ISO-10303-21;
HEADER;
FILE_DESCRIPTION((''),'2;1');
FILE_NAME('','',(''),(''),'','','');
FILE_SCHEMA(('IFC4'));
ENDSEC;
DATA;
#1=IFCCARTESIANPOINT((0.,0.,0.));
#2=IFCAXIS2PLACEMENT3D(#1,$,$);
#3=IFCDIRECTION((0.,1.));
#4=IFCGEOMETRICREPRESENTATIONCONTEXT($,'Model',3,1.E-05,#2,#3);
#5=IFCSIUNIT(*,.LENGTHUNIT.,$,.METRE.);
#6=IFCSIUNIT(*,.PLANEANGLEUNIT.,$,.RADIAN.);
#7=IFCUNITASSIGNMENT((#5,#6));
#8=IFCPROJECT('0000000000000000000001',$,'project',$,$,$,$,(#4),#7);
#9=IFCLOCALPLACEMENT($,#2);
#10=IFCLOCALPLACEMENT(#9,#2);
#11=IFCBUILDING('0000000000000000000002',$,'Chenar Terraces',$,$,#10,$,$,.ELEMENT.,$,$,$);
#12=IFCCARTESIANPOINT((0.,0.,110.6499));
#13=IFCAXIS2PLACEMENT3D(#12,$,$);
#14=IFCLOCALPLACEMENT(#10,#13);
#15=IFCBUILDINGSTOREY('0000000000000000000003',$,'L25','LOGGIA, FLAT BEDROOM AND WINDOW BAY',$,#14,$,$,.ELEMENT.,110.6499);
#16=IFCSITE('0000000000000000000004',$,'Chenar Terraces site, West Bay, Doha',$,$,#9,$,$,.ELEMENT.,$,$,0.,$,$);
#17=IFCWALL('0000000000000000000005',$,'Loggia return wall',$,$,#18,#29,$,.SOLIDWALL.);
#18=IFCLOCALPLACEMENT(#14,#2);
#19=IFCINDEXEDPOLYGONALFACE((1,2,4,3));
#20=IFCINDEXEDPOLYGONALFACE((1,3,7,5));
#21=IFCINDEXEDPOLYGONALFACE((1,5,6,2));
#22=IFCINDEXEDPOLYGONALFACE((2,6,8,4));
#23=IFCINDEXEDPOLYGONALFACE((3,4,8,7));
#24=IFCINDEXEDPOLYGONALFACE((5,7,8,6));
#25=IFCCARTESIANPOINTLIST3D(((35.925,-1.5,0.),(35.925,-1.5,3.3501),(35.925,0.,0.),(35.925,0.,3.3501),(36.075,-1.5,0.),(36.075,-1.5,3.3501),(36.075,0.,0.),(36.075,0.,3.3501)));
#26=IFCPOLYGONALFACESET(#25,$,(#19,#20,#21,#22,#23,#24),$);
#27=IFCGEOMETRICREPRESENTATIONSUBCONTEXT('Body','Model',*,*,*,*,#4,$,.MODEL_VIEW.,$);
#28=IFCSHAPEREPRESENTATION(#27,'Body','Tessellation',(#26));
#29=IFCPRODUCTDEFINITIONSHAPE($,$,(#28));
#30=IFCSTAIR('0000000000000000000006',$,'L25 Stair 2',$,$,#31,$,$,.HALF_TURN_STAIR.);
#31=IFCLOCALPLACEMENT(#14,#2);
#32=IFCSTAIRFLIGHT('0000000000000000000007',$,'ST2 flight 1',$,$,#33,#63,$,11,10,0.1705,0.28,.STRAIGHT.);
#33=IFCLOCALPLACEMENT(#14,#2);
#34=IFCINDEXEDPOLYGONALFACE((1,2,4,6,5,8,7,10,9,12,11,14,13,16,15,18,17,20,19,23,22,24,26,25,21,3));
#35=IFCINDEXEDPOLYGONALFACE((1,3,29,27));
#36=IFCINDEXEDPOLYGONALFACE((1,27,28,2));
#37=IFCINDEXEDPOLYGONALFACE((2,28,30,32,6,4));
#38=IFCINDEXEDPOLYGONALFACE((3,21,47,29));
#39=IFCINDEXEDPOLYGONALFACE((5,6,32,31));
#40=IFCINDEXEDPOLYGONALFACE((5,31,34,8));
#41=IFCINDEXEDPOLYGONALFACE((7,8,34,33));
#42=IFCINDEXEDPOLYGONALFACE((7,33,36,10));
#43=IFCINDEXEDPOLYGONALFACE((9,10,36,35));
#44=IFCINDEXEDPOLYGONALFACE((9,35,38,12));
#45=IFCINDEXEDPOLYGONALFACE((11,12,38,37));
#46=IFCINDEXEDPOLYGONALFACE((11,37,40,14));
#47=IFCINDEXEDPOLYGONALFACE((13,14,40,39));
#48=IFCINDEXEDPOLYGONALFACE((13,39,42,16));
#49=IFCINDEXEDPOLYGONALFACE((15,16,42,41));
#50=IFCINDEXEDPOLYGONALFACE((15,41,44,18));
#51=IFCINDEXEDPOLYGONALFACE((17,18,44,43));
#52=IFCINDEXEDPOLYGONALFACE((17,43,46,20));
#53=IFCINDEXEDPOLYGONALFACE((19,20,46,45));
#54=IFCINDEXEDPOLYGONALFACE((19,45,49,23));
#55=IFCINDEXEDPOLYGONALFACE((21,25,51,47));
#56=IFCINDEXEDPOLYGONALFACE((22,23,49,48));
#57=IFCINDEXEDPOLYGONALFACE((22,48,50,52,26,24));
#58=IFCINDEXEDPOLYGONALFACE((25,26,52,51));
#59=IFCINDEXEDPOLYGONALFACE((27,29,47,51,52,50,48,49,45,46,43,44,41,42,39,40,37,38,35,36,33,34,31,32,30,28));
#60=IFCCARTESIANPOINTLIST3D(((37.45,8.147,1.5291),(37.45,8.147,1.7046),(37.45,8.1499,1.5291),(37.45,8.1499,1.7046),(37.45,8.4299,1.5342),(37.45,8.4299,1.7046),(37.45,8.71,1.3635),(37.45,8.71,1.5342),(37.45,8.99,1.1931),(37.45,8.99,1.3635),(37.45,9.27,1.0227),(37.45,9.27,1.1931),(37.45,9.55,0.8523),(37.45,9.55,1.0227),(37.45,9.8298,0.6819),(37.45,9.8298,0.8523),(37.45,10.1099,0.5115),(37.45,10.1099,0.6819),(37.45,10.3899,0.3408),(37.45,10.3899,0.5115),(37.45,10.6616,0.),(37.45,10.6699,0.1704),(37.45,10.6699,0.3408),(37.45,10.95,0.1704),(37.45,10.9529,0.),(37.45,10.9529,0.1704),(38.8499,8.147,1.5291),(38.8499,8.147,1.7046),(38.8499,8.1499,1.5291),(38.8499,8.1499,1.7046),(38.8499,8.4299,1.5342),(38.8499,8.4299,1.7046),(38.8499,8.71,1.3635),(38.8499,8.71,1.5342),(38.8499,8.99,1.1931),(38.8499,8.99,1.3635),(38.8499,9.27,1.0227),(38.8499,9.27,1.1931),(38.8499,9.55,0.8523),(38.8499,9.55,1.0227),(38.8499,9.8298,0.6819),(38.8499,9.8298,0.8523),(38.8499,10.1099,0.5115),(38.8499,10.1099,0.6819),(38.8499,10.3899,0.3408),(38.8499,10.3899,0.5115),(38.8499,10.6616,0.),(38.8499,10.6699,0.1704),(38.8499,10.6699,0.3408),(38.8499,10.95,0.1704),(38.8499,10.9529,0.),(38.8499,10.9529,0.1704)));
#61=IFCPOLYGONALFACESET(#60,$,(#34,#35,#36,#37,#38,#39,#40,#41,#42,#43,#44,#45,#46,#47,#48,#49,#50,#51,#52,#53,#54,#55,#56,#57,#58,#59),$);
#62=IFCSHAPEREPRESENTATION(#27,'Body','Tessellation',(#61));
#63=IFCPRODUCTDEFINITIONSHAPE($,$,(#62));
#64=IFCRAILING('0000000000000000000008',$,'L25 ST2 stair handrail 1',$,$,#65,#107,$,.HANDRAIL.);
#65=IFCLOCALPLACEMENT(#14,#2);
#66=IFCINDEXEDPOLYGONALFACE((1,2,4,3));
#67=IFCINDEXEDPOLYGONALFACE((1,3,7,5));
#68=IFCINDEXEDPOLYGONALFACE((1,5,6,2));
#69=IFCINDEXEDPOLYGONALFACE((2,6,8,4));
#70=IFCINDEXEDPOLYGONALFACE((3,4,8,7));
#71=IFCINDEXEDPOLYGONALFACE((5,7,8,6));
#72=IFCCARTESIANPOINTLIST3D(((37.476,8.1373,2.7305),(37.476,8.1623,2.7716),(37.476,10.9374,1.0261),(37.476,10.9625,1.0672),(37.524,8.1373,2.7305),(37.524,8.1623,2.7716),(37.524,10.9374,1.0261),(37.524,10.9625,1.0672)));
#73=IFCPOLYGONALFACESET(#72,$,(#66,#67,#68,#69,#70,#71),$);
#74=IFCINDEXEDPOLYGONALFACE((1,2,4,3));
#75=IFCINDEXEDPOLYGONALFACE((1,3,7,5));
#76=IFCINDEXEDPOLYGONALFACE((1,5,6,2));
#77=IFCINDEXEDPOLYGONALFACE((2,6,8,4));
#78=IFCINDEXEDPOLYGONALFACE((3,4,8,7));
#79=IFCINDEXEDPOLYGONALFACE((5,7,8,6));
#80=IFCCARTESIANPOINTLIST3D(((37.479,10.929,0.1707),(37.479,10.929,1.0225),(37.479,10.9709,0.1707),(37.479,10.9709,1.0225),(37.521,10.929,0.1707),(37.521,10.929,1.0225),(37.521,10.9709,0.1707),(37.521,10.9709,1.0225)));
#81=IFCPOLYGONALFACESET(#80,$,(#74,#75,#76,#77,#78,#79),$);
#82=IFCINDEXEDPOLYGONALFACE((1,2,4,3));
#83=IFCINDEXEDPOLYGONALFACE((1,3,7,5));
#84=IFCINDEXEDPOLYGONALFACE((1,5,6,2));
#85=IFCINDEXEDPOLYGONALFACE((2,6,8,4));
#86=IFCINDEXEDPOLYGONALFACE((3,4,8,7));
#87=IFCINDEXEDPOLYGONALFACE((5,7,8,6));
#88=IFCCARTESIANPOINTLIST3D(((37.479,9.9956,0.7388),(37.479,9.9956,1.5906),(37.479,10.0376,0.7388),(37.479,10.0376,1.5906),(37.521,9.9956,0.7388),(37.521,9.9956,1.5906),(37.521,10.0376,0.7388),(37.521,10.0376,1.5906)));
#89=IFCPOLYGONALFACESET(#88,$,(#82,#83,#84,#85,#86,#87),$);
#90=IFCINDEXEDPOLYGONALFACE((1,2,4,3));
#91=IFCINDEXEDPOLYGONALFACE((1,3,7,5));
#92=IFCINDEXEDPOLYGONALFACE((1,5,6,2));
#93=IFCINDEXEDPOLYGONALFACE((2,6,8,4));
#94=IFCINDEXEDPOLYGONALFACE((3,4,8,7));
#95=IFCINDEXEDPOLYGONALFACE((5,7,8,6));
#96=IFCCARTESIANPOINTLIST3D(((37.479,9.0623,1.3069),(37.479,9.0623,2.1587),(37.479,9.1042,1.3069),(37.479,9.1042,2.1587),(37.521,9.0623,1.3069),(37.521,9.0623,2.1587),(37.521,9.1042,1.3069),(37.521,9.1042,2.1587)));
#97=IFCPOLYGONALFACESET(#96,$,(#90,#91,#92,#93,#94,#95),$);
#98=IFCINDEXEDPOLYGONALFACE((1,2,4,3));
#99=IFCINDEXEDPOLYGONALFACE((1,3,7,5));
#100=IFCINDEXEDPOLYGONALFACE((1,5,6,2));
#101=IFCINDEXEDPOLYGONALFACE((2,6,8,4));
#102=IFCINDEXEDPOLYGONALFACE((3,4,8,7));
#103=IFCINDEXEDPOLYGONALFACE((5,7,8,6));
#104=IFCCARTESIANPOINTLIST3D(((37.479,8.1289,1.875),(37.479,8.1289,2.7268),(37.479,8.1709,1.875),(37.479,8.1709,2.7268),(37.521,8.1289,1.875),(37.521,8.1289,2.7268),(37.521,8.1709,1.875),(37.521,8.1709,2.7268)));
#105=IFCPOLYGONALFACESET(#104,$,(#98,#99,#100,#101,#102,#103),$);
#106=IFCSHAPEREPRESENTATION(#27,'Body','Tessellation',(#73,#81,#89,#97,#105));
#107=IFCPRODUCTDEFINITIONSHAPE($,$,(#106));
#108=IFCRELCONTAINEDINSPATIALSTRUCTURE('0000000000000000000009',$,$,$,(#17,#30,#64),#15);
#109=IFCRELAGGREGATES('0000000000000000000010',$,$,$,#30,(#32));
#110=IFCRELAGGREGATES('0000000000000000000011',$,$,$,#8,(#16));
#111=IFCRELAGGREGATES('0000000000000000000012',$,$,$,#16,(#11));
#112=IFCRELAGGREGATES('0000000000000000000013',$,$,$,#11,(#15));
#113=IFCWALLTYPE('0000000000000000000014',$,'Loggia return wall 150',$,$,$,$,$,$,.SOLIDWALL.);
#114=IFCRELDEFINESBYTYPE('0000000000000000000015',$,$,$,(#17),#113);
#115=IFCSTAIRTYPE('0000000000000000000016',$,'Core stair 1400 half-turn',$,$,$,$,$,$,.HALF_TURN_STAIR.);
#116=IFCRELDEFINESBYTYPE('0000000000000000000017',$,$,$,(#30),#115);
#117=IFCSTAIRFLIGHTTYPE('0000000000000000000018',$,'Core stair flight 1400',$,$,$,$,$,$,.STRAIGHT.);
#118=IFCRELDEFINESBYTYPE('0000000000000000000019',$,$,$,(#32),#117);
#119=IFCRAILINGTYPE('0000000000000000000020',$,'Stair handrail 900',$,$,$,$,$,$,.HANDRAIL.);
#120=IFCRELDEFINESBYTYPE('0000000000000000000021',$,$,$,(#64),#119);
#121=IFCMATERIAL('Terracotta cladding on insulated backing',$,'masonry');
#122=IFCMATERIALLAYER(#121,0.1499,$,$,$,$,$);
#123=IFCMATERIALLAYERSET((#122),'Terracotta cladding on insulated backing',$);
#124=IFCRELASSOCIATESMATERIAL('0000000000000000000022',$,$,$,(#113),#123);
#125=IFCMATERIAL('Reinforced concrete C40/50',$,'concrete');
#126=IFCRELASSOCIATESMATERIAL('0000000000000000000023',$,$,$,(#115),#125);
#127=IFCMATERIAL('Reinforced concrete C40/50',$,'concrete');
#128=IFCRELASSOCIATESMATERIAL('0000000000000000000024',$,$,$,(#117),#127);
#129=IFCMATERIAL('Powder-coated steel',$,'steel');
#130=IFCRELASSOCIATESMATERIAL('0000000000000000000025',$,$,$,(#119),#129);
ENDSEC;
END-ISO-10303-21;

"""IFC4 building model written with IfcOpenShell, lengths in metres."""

from ifc_helpers import new_model, si_unit, direction, frame, frame_2d, origin, origin_2d, place, context, subcontext, project, spatial, polyline, rectangle, outline, extrude, material, layer, layer_set, type_object, element, aggregate, save


model = new_model("IFC4")

# Units and contexts
model_context = context("Model", 3, precision=1e-05, world=origin(), true_north=direction((0.0, 1.0)))
body_context = subcontext(model_context, "Body", "Model", "MODEL_VIEW")
ifc_project = project(units=[si_unit("LENGTHUNIT", "METRE"), si_unit("PLANEANGLEUNIT", "RADIAN")], contexts=[model_context])

# Site, building, storey
site_placement = place(None, origin())
site = spatial("IfcSite", under=ifc_project, at=site_placement, Name="Chenar Terraces site, West Bay, Doha", CompositionType="ELEMENT", RefElevation=0.0)
building_placement = place(site_placement, origin())
building = spatial("IfcBuilding", under=site, at=building_placement, Name="Chenar Terraces", CompositionType="ELEMENT")
storey_placement = place(building_placement, frame((0.0, 0.0, 110.6499)))
storey = spatial("IfcBuildingStorey", under=building, at=storey_placement, Name="L25", Description="LOGGIA, FLAT BEDROOM AND WINDOW BAY", CompositionType="ELEMENT", Elevation=110.6499)

# Wall
ifc_material_1 = material(Name="Terracotta cladding on insulated backing", Category="masonry")
ifc_layer_1 = layer(ifc_material_1, 0.1499)
ifc_layer_set_1 = layer_set([ifc_layer_1], Name="Terracotta cladding on insulated backing")
wall_type_1 = type_object("IfcWallType", Name="Loggia return wall 150", PredefinedType="SOLIDWALL", material=ifc_layer_set_1)
wall_1_placement = place(storey_placement, frame((36.0, -1.5, 0.0), z_axis=(0.0, 0.0, 1.0), x_axis=(0.0, 1.0, 0.0)))
element("IfcWall", 1, at=wall_1_placement, inside=storey, type_object=wall_type_1, Name="Loggia return wall", PredefinedType="SOLIDWALL", context=body_context, shape_type="SweptSolid", body=[
    extrude(rectangle(XDim=1.5, YDim=0.1499, at=frame_2d((0.75, 0.0))), origin(), (0.0, 0.0, 1.0), 3.3501),
])

# Stair, stair flight
ifc_material_2 = material(Name="Reinforced concrete C40/50", Category="concrete")
stair_type = type_object("IfcStairType", Name="Core stair 1400 half-turn", PredefinedType="HALF_TURN_STAIR", material=ifc_material_2)
stair_placement = place(storey_placement, origin())
stair = element("IfcStair", 2, at=stair_placement, inside=storey, type_object=stair_type, Name="L25 Stair 2", PredefinedType="HALF_TURN_STAIR")
ifc_material_3 = material(Name="Reinforced concrete C40/50", Category="concrete")
stair_flight_type = type_object("IfcStairFlightType", Name="Core stair flight 1400", PredefinedType="STRAIGHT", material=ifc_material_3)
stair_flight_placement = place(storey_placement, frame((38.1499, 10.95, 0.0), z_axis=(0.0, 0.0, 1.0), x_axis=(0.0, -1.0, 0.0)))
stair_flight = element("IfcStairFlight", 3, at=stair_flight_placement, type_object=stair_flight_type, Name="ST2 flight 1", NumberOfRisers=11, NumberOfTreads=10, PredefinedType="STRAIGHT", RiserHeight=0.1705, TreadLength=0.28, context=body_context, shape_type="SweptSolid", body=[
    extrude(outline(polyline([(-0.0029, 0.0), (-0.0029, 0.1704), (0.0, 0.1704), (0.28, 0.1704), (0.28, 0.3408), (0.5601, 0.3408), (0.5601, 0.5115), (0.8401, 0.5115), (0.8401, 0.6819), (1.1201, 0.6819), (1.1201, 0.8523), (1.3999, 0.8523), (1.3999, 1.0227), (1.6799, 1.0227), (1.6799, 1.1931), (1.96, 1.1931), (1.96, 1.3635), (2.24, 1.3635), (2.24, 1.5342), (2.52, 1.5342), (2.52, 1.7046), (2.8, 1.7046), (2.803, 1.7046), (2.803, 1.5291), (2.8, 1.5291), (0.2883, 0.0), (-0.0029, 0.0)])), frame((0.0, 0.7, 0.0), z_axis=(0.0, -1.0, 0.0), x_axis=(1.0, 0.0, 0.0)), (0.0, 0.0, 1.0), 1.3999),
])
aggregate(stair, [stair_flight])

# Railing
ifc_material_4 = material(Name="Powder-coated steel", Category="steel")
railing_type = type_object("IfcRailingType", Name="Stair handrail 900", PredefinedType="HANDRAIL", material=ifc_material_4)
railing_placement = place(storey_placement, frame((37.5, 10.95, 0.1707)))
element("IfcRailing", 4, at=railing_placement, inside=storey, type_object=railing_type, Name="L25 ST2 stair handrail 1", PredefinedType="HANDRAIL", context=body_context, shape_type="SweptSolid", body=[
    extrude(rectangle(XDim=0.0481, YDim=0.0481, at=origin_2d()), frame((0.0, 0.0, 0.876), z_axis=(0.0, -0.854203, 0.51994), x_axis=(1.0, 0.0, 0.0)), (0.0, 0.0, 1.0), 3.2781),
    extrude(rectangle(XDim=0.042, YDim=0.042, at=origin_2d()), origin(), (0.0, 0.0, 1.0), 0.8518),
    extrude(rectangle(XDim=0.042, YDim=0.042, at=origin_2d()), frame((0.0, -0.9333, 0.5681)), (0.0, 0.0, 1.0), 0.8518),
    extrude(rectangle(XDim=0.042, YDim=0.042, at=origin_2d()), frame((0.0, -1.8667, 1.1362)), (0.0, 0.0, 1.0), 0.8518),
    extrude(rectangle(XDim=0.042, YDim=0.042, at=origin_2d()), frame((0.0, -2.8, 1.7043)), (0.0, 0.0, 1.0), 0.8518),
])

save(model, "model.ifc")
